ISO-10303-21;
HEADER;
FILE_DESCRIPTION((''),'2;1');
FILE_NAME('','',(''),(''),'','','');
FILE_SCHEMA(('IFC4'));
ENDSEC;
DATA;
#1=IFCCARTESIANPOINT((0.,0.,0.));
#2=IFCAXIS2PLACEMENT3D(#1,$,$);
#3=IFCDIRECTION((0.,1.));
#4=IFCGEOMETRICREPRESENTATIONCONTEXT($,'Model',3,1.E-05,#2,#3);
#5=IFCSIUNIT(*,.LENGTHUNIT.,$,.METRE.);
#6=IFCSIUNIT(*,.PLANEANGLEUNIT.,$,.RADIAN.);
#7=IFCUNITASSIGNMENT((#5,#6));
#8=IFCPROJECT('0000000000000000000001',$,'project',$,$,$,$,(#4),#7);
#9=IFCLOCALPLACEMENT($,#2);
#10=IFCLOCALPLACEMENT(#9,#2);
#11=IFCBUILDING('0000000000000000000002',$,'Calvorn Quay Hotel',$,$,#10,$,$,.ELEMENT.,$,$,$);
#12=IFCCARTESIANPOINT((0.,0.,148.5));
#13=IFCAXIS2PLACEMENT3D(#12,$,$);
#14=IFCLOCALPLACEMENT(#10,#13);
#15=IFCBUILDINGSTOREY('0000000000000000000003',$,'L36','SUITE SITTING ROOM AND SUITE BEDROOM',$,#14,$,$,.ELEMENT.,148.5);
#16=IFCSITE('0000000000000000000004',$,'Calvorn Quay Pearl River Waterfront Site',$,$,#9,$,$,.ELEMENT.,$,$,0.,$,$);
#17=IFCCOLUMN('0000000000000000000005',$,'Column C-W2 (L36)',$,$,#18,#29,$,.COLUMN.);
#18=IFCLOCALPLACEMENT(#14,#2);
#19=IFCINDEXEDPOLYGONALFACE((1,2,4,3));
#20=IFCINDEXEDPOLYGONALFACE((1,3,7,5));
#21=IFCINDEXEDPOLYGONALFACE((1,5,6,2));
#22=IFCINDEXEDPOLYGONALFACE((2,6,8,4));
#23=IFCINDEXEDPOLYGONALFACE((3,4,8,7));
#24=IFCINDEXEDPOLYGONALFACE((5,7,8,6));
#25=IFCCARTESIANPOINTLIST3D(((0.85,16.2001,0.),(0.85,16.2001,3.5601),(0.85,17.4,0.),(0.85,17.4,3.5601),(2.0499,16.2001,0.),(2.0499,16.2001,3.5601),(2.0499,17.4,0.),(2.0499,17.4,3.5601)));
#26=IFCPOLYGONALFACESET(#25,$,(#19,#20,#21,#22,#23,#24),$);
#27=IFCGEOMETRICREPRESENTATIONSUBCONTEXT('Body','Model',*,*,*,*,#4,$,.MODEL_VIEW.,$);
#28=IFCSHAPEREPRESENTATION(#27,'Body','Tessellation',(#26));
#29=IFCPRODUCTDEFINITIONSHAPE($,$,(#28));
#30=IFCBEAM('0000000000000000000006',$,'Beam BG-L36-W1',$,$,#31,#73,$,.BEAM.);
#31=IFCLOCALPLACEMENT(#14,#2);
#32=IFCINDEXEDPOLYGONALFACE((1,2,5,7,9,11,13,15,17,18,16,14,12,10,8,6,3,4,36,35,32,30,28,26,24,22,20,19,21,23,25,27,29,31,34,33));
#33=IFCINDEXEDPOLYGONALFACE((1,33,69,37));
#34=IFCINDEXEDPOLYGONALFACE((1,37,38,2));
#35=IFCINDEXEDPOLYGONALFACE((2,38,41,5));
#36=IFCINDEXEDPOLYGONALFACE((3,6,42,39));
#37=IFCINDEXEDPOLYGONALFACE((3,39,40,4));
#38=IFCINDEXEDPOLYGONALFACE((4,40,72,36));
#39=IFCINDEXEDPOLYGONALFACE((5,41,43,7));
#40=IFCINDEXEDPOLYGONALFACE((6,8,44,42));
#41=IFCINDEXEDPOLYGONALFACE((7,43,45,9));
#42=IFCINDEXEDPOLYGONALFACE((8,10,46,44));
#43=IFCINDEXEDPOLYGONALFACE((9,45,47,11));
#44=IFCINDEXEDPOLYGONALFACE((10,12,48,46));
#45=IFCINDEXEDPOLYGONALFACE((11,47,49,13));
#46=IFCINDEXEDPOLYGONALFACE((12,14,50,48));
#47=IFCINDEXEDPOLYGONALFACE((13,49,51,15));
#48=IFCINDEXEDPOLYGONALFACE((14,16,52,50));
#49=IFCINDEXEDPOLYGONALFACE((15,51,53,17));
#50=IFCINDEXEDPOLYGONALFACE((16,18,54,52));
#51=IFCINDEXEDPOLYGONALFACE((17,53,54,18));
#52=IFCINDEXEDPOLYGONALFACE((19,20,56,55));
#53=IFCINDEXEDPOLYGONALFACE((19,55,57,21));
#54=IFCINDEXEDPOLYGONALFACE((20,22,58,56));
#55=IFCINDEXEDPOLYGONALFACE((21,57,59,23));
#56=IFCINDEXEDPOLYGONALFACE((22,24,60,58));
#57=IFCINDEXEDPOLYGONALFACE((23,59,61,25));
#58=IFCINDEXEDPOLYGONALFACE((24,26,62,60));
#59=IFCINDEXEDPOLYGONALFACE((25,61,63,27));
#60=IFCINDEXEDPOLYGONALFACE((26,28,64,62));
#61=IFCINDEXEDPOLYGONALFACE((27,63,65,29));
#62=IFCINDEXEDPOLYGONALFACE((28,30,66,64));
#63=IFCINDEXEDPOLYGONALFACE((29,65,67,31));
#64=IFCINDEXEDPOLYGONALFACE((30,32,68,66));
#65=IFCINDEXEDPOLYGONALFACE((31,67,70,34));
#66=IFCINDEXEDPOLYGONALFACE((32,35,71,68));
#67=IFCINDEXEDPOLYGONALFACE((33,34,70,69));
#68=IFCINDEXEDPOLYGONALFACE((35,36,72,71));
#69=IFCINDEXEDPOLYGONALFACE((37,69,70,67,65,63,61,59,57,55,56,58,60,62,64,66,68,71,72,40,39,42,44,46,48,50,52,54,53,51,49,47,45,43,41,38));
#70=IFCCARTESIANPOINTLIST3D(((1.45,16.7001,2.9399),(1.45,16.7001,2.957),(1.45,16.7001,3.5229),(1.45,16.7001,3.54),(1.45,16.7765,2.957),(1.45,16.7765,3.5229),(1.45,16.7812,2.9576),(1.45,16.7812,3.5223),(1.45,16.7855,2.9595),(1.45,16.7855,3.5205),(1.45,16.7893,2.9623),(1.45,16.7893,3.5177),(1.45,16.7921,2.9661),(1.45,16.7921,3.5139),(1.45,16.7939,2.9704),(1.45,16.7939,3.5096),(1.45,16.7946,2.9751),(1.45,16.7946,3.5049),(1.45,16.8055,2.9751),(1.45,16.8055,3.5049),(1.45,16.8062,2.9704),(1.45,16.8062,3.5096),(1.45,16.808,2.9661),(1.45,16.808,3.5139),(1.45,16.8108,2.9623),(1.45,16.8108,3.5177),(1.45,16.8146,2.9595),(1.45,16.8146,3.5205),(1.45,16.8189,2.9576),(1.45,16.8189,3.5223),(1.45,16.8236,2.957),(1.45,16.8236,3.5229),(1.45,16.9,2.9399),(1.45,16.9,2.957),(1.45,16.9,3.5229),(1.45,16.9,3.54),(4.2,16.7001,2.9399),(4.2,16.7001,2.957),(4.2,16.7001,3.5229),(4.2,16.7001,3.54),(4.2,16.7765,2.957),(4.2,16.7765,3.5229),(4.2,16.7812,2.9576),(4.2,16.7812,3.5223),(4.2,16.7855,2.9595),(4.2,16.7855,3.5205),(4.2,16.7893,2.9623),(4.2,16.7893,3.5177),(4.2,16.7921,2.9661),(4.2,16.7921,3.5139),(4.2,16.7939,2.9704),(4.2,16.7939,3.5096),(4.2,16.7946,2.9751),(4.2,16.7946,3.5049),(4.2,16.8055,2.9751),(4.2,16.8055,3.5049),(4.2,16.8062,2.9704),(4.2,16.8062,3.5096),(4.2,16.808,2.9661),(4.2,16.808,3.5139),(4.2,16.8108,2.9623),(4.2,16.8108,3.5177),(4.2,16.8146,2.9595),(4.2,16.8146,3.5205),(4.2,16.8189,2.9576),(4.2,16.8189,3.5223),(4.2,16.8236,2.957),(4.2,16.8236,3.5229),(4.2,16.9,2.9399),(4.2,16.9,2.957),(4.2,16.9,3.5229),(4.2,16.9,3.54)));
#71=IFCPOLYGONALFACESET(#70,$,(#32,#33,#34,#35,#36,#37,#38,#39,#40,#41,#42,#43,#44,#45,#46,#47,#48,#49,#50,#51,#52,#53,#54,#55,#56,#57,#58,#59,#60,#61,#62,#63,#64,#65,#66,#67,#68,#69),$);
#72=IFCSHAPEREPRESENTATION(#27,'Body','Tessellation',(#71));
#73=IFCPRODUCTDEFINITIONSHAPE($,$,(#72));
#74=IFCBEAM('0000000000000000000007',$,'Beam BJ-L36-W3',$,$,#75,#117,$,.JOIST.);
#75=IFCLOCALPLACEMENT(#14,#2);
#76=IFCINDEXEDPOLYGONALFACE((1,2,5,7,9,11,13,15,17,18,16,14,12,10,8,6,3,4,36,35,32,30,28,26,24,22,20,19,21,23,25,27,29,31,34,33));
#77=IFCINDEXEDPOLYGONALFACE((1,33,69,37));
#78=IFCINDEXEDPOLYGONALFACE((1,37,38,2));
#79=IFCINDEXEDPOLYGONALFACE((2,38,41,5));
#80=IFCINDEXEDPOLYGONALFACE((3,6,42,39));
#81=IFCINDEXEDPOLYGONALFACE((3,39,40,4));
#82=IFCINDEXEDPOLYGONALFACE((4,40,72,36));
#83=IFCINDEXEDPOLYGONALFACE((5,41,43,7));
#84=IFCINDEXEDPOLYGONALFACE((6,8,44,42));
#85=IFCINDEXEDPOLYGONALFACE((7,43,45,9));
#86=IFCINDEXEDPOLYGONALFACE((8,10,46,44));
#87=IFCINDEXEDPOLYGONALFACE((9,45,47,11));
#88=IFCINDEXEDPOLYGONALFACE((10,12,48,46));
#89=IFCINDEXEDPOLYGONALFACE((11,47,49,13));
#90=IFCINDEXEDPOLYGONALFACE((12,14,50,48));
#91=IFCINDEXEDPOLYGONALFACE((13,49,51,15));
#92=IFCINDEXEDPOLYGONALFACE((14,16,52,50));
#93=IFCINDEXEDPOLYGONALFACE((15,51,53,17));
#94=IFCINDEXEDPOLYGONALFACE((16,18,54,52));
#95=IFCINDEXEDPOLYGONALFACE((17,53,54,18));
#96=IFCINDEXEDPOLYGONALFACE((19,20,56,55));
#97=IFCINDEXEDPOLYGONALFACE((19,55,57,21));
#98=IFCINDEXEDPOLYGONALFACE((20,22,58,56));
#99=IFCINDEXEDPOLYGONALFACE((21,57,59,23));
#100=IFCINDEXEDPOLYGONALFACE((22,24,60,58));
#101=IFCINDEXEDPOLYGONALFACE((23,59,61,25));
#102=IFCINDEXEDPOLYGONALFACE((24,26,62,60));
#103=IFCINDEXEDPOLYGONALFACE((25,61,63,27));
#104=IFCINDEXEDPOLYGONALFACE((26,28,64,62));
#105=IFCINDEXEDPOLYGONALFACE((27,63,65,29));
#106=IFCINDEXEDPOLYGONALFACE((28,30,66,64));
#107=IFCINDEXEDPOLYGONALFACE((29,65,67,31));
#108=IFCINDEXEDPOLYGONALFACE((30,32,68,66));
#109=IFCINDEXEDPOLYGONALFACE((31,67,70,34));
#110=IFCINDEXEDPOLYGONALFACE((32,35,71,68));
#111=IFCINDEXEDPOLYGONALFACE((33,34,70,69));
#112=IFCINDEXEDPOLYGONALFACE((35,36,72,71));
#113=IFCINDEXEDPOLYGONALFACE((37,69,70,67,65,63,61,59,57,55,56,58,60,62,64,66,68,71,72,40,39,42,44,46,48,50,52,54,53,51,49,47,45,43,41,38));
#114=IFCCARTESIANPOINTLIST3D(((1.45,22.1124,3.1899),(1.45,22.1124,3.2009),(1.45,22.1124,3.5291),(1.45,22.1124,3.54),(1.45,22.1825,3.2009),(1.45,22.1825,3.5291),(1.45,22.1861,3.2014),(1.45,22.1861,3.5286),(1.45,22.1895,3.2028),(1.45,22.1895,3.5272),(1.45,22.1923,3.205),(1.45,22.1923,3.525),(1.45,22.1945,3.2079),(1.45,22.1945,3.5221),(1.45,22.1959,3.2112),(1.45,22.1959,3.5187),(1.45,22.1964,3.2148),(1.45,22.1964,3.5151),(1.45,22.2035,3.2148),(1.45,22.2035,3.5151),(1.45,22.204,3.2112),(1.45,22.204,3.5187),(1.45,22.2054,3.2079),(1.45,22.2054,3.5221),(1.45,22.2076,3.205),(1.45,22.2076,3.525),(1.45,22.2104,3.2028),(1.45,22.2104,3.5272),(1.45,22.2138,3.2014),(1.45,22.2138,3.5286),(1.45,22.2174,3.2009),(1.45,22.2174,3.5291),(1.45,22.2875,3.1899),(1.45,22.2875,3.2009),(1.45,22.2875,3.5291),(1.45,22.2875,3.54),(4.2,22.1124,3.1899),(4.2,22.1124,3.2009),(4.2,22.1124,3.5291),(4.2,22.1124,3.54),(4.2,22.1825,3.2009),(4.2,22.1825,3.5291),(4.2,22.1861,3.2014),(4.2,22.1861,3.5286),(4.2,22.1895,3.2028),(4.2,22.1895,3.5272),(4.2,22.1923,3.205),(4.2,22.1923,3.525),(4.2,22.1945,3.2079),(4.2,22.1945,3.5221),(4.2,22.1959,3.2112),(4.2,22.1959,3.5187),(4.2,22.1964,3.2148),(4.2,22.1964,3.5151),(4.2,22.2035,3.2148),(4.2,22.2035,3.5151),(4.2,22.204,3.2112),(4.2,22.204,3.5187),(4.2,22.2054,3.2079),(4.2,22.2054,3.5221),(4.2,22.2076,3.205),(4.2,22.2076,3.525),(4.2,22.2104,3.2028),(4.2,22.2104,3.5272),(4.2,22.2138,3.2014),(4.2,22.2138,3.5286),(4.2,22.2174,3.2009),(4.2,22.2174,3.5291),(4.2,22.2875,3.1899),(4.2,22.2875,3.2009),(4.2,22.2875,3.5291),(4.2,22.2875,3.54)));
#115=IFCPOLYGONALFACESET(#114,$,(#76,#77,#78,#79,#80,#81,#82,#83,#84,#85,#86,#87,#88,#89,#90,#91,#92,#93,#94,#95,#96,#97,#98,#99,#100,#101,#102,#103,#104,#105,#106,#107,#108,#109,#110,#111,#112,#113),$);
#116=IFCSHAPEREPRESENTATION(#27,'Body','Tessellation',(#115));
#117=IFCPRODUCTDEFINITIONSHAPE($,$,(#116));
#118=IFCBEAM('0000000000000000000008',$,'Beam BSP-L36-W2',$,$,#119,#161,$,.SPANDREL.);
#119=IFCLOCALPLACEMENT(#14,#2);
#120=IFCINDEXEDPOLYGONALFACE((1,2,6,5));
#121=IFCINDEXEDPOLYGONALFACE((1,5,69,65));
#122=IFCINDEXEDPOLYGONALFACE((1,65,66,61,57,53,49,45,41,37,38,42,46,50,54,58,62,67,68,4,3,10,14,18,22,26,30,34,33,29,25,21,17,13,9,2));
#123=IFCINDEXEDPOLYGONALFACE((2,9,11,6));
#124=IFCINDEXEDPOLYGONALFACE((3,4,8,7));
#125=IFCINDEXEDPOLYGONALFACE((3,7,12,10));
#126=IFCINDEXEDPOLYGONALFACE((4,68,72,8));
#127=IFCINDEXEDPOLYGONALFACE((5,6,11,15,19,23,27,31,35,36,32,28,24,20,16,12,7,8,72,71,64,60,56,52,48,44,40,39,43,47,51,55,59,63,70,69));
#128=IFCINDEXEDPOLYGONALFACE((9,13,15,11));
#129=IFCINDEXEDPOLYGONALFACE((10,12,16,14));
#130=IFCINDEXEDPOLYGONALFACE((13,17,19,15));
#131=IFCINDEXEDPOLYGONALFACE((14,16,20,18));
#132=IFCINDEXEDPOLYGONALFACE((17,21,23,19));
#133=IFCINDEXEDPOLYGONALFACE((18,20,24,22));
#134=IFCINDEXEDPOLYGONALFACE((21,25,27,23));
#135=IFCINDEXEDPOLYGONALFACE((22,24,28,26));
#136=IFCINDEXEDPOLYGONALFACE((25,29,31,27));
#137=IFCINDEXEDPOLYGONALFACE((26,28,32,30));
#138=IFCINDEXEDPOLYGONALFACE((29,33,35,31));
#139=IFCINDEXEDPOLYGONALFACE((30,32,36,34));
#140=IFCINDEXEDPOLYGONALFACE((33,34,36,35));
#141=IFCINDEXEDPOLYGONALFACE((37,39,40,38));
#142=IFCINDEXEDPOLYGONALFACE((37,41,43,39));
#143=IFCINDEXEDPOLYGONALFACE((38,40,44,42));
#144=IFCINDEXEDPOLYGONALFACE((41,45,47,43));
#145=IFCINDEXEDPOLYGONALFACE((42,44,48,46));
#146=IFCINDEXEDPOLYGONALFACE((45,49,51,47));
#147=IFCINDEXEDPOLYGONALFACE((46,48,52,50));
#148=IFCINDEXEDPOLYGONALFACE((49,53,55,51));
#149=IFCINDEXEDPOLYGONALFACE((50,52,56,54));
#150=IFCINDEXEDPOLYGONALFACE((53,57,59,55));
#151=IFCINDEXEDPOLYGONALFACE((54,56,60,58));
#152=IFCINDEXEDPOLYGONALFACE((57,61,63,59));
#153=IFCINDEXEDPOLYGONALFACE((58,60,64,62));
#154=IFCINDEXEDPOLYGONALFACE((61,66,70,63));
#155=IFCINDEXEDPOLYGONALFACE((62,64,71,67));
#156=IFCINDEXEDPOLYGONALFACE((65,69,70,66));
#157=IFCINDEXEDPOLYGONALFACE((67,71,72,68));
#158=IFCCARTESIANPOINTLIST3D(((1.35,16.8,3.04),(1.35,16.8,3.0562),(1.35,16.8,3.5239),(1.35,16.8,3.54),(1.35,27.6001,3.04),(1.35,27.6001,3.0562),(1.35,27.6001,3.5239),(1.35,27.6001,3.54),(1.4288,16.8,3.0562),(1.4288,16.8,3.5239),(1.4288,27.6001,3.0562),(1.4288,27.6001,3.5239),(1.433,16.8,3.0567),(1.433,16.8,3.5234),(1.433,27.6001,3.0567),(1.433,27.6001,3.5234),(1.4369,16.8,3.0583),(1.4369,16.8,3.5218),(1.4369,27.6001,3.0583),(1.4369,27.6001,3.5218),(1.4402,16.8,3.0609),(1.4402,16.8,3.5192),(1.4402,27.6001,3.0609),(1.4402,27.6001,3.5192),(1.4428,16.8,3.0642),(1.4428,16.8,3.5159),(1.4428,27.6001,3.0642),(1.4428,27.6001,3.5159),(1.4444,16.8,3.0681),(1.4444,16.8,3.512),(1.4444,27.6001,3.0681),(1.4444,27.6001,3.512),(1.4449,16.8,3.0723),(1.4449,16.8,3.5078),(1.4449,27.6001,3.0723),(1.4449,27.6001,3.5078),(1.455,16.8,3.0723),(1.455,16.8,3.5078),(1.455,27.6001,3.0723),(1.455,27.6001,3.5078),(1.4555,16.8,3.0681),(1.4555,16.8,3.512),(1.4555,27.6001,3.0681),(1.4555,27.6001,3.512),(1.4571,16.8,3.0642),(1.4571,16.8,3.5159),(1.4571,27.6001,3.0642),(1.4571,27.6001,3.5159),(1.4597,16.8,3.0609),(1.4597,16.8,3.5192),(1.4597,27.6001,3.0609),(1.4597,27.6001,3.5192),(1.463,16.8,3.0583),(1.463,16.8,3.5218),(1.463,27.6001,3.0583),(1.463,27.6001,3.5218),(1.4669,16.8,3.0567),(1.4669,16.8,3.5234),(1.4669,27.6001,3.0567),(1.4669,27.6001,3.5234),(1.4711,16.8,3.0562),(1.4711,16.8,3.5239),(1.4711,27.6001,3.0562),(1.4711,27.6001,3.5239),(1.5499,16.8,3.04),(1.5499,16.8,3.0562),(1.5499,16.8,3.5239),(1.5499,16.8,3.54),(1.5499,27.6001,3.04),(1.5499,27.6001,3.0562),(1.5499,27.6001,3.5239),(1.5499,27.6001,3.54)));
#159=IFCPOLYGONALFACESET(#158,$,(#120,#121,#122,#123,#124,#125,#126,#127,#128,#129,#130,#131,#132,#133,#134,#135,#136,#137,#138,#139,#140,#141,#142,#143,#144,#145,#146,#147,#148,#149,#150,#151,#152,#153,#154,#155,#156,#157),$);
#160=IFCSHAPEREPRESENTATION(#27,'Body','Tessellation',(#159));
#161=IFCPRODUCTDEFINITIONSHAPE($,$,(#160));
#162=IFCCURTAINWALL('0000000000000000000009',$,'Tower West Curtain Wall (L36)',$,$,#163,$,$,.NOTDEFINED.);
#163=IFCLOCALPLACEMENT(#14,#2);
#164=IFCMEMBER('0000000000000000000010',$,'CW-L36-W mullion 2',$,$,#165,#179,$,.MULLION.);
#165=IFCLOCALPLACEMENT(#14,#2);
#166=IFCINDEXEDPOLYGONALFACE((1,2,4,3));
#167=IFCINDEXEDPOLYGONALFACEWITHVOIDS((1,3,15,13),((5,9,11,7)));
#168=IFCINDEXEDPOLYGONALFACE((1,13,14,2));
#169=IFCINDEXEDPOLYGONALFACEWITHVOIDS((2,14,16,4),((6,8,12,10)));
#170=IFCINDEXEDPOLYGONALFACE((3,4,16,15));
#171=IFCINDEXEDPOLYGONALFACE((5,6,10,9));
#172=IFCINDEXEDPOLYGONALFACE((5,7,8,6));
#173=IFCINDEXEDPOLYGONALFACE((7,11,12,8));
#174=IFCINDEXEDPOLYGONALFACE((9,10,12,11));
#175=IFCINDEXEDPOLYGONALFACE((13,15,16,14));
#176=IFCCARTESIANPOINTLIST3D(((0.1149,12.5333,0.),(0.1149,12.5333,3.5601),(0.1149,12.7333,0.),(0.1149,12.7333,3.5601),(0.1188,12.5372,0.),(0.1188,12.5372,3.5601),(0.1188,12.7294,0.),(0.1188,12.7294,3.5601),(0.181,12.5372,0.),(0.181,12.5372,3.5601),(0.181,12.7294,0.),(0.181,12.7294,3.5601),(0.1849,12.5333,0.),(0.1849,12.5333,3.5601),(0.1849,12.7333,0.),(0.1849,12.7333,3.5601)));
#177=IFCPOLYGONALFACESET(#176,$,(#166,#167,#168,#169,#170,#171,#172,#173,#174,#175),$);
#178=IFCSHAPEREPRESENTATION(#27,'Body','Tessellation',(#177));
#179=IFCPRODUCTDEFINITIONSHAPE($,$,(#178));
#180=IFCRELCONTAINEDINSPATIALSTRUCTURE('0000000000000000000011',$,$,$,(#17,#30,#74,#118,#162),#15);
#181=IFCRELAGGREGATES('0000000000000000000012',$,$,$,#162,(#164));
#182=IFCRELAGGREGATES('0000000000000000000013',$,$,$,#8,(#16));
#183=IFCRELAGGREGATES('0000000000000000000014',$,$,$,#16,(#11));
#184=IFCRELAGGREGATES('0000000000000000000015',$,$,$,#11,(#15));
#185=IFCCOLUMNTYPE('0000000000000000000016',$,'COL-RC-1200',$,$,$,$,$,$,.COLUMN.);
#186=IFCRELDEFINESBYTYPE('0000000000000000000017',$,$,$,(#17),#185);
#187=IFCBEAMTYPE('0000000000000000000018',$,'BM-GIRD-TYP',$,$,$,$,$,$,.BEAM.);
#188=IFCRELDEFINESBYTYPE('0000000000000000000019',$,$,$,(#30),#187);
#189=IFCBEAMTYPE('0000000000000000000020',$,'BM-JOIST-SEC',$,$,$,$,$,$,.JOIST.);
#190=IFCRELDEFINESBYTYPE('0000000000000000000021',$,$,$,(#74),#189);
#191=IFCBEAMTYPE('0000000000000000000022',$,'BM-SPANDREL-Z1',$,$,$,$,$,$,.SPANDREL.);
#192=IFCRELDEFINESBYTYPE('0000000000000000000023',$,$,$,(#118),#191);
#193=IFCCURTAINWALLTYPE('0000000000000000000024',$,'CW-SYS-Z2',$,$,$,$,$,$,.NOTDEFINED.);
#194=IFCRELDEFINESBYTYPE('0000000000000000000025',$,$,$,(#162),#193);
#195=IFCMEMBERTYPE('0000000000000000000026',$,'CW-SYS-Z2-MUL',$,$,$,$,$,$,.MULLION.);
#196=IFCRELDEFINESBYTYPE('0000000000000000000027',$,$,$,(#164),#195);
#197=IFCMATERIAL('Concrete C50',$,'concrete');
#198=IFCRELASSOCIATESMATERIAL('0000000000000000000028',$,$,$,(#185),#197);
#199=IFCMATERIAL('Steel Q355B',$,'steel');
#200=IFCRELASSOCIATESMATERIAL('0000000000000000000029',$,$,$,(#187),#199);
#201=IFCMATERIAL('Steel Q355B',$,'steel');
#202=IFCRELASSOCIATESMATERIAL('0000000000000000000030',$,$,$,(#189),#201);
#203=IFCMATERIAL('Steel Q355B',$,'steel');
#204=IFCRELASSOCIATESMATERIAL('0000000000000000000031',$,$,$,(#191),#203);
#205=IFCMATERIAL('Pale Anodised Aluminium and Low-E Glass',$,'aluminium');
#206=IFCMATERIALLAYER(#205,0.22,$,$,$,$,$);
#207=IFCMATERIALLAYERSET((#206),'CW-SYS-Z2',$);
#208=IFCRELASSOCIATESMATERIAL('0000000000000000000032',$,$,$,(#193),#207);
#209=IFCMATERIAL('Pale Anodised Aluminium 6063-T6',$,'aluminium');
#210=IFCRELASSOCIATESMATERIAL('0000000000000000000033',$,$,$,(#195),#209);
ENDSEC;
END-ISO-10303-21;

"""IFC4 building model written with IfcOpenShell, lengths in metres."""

from ifc_helpers import new_model, si_unit, direction, frame, origin, origin_2d, place, context, subcontext, project, spatial, rectangle, hollow_rectangle, i_section, extrude, material, layer, layer_set, material_profile, profile_set, type_object, element, aggregate, save


model = new_model("IFC4")

# Units and contexts
model_context = context("Model", 3, precision=1e-05, world=origin(), true_north=direction((0.0, 1.0)))
body_context = subcontext(model_context, "Body", "Model", "MODEL_VIEW")
ifc_project = project(units=[si_unit("LENGTHUNIT", "METRE"), si_unit("PLANEANGLEUNIT", "RADIAN")], contexts=[model_context])

# Site, building, storey
site_placement = place(None, origin())
site = spatial("IfcSite", under=ifc_project, at=site_placement, Name="Calvorn Quay Pearl River Waterfront Site", CompositionType="ELEMENT", RefElevation=0.0)
building_placement = place(site_placement, origin())
building = spatial("IfcBuilding", under=site, at=building_placement, Name="Calvorn Quay Hotel", CompositionType="ELEMENT")
storey_placement = place(building_placement, frame((0.0, 0.0, 148.5)))
storey = spatial("IfcBuildingStorey", under=building, at=storey_placement, Name="L36", Description="SUITE SITTING ROOM AND SUITE BEDROOM", CompositionType="ELEMENT", Elevation=148.5)

# Column
ifc_material_1 = material(Name="Concrete C50", Category="concrete")
ifc_material_profile_1 = material_profile(ifc_material_1, rectangle(XDim=1.2, YDim=1.2, at=origin_2d()), Name="RC1200x1200")
ifc_profile_set_1 = profile_set([ifc_material_profile_1], Name="Concrete C50")
column_type = type_object("IfcColumnType", Name="COL-RC-1200", PredefinedType="COLUMN", material=ifc_profile_set_1)
column_placement = place(storey_placement, frame((1.45, 16.8, 0.0), z_axis=(0.0, 0.0, 1.0), x_axis=(1.0, 0.0, 0.0)))
element("IfcColumn", 1, at=column_placement, inside=storey, type_object=column_type, Name="Column C-W2 (L36)", PredefinedType="COLUMN", context=body_context, shape_type="SweptSolid", body=[
    extrude(rectangle(XDim=1.2, YDim=1.2, at=origin_2d()), origin(), (0.0, 0.0, 1.0), 3.5601),
])

# Beams
ifc_material_2 = material(Name="Steel Q355B", Category="steel")
ifc_material_profile_2 = material_profile(ifc_material_2, i_section(OverallWidth=0.2, OverallDepth=0.6001, WebThickness=0.011, FlangeThickness=0.0171, FilletRadius=0.0181, at=origin_2d()), Name="HN600x200x11x17")
ifc_profile_set_2 = profile_set([ifc_material_profile_2], Name="Steel Q355B")
beam_type_1 = type_object("IfcBeamType", Name="BM-GIRD-TYP", PredefinedType="BEAM", material=ifc_profile_set_2)
beam_1_placement = place(storey_placement, frame((1.45, 16.8, 3.24), z_axis=(1.0, 0.0, 0.0), x_axis=(0.0, 1.0, 0.0)))
element("IfcBeam", 2, at=beam_1_placement, inside=storey, type_object=beam_type_1, Name="Beam BG-L36-W1", PredefinedType="BEAM", context=body_context, shape_type="SweptSolid", body=[
    extrude(i_section(OverallWidth=0.2, OverallDepth=0.6001, WebThickness=0.011, FlangeThickness=0.0171, FilletRadius=0.0181, at=origin_2d()), origin(), (0.0, 0.0, 1.0), 2.75),
])
ifc_material_3 = material(Name="Steel Q355B", Category="steel")
ifc_material_profile_3 = material_profile(ifc_material_3, i_section(OverallWidth=0.175, OverallDepth=0.3501, WebThickness=0.0071, FlangeThickness=0.011, FilletRadius=0.0139, at=origin_2d()), Name="HN350x175x7x11")
ifc_profile_set_3 = profile_set([ifc_material_profile_3], Name="Steel Q355B")
beam_type_2 = type_object("IfcBeamType", Name="BM-JOIST-SEC", PredefinedType="JOIST", material=ifc_profile_set_3)
beam_2_placement = place(storey_placement, frame((1.45, 22.2, 3.365), z_axis=(1.0, 0.0, 0.0), x_axis=(0.0, 1.0, 0.0)))
element("IfcBeam", 3, at=beam_2_placement, inside=storey, type_object=beam_type_2, Name="Beam BJ-L36-W3", PredefinedType="JOIST", context=body_context, shape_type="SweptSolid", body=[
    extrude(i_section(OverallWidth=0.175, OverallDepth=0.3501, WebThickness=0.0071, FlangeThickness=0.011, FilletRadius=0.0139, at=origin_2d()), origin(), (0.0, 0.0, 1.0), 2.75),
])
ifc_material_4 = material(Name="Steel Q355B", Category="steel")
ifc_material_profile_4 = material_profile(ifc_material_4, i_section(OverallWidth=0.2, OverallDepth=0.5, WebThickness=0.01, FlangeThickness=0.0161, FilletRadius=0.0161, at=origin_2d()), Name="HN500x200x10x16")
ifc_profile_set_4 = profile_set([ifc_material_profile_4], Name="Steel Q355B")
beam_type_3 = type_object("IfcBeamType", Name="BM-SPANDREL-Z1", PredefinedType="SPANDREL", material=ifc_profile_set_4)
beam_3_placement = place(storey_placement, frame((1.45, 16.8, 3.29), z_axis=(0.0, 1.0, 0.0), x_axis=(-1.0, 0.0, 0.0)))
element("IfcBeam", 4, at=beam_3_placement, inside=storey, type_object=beam_type_3, Name="Beam BSP-L36-W2", PredefinedType="SPANDREL", context=body_context, shape_type="SweptSolid", body=[
    extrude(i_section(OverallWidth=0.2, OverallDepth=0.5, WebThickness=0.01, FlangeThickness=0.0161, FilletRadius=0.0161, at=origin_2d()), origin(), (0.0, 0.0, 1.0), 10.8),
])

# Curtain wall, member
ifc_material_5 = material(Name="Pale Anodised Aluminium and Low-E Glass", Category="aluminium")
ifc_layer_1 = layer(ifc_material_5, 0.22)
ifc_layer_set_1 = layer_set([ifc_layer_1], Name="CW-SYS-Z2")
curtain_wall_type = type_object("IfcCurtainWallType", Name="CW-SYS-Z2", PredefinedType="NOTDEFINED", material=ifc_layer_set_1)
curtain_wall_placement = place(storey_placement, origin())
curtain_wall = element("IfcCurtainWall", 5, at=curtain_wall_placement, inside=storey, type_object=curtain_wall_type, Name="Tower West Curtain Wall (L36)", PredefinedType="NOTDEFINED")
ifc_material_6 = material(Name="Pale Anodised Aluminium 6063-T6", Category="aluminium")
ifc_material_profile_5 = material_profile(ifc_material_6, hollow_rectangle(XDim=0.0701, YDim=0.2, WallThickness=0.0039, at=origin_2d()), Name="ALU-M200x70x4")
ifc_profile_set_5 = profile_set([ifc_material_profile_5], Name="Pale Anodised Aluminium 6063-T6")
member_type_1 = type_object("IfcMemberType", Name="CW-SYS-Z2-MUL", PredefinedType="MULLION", material=ifc_profile_set_5)
member_1_placement = place(storey_placement, frame((0.1499, 12.6333, 0.0), z_axis=(0.0, 0.0, 1.0), x_axis=(-1.0, 0.0, 0.0)))
member_1 = element("IfcMember", 6, at=member_1_placement, type_object=member_type_1, Name="CW-L36-W mullion 2", PredefinedType="MULLION", context=body_context, shape_type="SweptSolid", body=[
    extrude(hollow_rectangle(XDim=0.0701, YDim=0.2, WallThickness=0.0039, at=origin_2d()), origin(), (0.0, 0.0, 1.0), 3.5601),
])
aggregate(curtain_wall, [member_1])

save(model, "model.ifc")
